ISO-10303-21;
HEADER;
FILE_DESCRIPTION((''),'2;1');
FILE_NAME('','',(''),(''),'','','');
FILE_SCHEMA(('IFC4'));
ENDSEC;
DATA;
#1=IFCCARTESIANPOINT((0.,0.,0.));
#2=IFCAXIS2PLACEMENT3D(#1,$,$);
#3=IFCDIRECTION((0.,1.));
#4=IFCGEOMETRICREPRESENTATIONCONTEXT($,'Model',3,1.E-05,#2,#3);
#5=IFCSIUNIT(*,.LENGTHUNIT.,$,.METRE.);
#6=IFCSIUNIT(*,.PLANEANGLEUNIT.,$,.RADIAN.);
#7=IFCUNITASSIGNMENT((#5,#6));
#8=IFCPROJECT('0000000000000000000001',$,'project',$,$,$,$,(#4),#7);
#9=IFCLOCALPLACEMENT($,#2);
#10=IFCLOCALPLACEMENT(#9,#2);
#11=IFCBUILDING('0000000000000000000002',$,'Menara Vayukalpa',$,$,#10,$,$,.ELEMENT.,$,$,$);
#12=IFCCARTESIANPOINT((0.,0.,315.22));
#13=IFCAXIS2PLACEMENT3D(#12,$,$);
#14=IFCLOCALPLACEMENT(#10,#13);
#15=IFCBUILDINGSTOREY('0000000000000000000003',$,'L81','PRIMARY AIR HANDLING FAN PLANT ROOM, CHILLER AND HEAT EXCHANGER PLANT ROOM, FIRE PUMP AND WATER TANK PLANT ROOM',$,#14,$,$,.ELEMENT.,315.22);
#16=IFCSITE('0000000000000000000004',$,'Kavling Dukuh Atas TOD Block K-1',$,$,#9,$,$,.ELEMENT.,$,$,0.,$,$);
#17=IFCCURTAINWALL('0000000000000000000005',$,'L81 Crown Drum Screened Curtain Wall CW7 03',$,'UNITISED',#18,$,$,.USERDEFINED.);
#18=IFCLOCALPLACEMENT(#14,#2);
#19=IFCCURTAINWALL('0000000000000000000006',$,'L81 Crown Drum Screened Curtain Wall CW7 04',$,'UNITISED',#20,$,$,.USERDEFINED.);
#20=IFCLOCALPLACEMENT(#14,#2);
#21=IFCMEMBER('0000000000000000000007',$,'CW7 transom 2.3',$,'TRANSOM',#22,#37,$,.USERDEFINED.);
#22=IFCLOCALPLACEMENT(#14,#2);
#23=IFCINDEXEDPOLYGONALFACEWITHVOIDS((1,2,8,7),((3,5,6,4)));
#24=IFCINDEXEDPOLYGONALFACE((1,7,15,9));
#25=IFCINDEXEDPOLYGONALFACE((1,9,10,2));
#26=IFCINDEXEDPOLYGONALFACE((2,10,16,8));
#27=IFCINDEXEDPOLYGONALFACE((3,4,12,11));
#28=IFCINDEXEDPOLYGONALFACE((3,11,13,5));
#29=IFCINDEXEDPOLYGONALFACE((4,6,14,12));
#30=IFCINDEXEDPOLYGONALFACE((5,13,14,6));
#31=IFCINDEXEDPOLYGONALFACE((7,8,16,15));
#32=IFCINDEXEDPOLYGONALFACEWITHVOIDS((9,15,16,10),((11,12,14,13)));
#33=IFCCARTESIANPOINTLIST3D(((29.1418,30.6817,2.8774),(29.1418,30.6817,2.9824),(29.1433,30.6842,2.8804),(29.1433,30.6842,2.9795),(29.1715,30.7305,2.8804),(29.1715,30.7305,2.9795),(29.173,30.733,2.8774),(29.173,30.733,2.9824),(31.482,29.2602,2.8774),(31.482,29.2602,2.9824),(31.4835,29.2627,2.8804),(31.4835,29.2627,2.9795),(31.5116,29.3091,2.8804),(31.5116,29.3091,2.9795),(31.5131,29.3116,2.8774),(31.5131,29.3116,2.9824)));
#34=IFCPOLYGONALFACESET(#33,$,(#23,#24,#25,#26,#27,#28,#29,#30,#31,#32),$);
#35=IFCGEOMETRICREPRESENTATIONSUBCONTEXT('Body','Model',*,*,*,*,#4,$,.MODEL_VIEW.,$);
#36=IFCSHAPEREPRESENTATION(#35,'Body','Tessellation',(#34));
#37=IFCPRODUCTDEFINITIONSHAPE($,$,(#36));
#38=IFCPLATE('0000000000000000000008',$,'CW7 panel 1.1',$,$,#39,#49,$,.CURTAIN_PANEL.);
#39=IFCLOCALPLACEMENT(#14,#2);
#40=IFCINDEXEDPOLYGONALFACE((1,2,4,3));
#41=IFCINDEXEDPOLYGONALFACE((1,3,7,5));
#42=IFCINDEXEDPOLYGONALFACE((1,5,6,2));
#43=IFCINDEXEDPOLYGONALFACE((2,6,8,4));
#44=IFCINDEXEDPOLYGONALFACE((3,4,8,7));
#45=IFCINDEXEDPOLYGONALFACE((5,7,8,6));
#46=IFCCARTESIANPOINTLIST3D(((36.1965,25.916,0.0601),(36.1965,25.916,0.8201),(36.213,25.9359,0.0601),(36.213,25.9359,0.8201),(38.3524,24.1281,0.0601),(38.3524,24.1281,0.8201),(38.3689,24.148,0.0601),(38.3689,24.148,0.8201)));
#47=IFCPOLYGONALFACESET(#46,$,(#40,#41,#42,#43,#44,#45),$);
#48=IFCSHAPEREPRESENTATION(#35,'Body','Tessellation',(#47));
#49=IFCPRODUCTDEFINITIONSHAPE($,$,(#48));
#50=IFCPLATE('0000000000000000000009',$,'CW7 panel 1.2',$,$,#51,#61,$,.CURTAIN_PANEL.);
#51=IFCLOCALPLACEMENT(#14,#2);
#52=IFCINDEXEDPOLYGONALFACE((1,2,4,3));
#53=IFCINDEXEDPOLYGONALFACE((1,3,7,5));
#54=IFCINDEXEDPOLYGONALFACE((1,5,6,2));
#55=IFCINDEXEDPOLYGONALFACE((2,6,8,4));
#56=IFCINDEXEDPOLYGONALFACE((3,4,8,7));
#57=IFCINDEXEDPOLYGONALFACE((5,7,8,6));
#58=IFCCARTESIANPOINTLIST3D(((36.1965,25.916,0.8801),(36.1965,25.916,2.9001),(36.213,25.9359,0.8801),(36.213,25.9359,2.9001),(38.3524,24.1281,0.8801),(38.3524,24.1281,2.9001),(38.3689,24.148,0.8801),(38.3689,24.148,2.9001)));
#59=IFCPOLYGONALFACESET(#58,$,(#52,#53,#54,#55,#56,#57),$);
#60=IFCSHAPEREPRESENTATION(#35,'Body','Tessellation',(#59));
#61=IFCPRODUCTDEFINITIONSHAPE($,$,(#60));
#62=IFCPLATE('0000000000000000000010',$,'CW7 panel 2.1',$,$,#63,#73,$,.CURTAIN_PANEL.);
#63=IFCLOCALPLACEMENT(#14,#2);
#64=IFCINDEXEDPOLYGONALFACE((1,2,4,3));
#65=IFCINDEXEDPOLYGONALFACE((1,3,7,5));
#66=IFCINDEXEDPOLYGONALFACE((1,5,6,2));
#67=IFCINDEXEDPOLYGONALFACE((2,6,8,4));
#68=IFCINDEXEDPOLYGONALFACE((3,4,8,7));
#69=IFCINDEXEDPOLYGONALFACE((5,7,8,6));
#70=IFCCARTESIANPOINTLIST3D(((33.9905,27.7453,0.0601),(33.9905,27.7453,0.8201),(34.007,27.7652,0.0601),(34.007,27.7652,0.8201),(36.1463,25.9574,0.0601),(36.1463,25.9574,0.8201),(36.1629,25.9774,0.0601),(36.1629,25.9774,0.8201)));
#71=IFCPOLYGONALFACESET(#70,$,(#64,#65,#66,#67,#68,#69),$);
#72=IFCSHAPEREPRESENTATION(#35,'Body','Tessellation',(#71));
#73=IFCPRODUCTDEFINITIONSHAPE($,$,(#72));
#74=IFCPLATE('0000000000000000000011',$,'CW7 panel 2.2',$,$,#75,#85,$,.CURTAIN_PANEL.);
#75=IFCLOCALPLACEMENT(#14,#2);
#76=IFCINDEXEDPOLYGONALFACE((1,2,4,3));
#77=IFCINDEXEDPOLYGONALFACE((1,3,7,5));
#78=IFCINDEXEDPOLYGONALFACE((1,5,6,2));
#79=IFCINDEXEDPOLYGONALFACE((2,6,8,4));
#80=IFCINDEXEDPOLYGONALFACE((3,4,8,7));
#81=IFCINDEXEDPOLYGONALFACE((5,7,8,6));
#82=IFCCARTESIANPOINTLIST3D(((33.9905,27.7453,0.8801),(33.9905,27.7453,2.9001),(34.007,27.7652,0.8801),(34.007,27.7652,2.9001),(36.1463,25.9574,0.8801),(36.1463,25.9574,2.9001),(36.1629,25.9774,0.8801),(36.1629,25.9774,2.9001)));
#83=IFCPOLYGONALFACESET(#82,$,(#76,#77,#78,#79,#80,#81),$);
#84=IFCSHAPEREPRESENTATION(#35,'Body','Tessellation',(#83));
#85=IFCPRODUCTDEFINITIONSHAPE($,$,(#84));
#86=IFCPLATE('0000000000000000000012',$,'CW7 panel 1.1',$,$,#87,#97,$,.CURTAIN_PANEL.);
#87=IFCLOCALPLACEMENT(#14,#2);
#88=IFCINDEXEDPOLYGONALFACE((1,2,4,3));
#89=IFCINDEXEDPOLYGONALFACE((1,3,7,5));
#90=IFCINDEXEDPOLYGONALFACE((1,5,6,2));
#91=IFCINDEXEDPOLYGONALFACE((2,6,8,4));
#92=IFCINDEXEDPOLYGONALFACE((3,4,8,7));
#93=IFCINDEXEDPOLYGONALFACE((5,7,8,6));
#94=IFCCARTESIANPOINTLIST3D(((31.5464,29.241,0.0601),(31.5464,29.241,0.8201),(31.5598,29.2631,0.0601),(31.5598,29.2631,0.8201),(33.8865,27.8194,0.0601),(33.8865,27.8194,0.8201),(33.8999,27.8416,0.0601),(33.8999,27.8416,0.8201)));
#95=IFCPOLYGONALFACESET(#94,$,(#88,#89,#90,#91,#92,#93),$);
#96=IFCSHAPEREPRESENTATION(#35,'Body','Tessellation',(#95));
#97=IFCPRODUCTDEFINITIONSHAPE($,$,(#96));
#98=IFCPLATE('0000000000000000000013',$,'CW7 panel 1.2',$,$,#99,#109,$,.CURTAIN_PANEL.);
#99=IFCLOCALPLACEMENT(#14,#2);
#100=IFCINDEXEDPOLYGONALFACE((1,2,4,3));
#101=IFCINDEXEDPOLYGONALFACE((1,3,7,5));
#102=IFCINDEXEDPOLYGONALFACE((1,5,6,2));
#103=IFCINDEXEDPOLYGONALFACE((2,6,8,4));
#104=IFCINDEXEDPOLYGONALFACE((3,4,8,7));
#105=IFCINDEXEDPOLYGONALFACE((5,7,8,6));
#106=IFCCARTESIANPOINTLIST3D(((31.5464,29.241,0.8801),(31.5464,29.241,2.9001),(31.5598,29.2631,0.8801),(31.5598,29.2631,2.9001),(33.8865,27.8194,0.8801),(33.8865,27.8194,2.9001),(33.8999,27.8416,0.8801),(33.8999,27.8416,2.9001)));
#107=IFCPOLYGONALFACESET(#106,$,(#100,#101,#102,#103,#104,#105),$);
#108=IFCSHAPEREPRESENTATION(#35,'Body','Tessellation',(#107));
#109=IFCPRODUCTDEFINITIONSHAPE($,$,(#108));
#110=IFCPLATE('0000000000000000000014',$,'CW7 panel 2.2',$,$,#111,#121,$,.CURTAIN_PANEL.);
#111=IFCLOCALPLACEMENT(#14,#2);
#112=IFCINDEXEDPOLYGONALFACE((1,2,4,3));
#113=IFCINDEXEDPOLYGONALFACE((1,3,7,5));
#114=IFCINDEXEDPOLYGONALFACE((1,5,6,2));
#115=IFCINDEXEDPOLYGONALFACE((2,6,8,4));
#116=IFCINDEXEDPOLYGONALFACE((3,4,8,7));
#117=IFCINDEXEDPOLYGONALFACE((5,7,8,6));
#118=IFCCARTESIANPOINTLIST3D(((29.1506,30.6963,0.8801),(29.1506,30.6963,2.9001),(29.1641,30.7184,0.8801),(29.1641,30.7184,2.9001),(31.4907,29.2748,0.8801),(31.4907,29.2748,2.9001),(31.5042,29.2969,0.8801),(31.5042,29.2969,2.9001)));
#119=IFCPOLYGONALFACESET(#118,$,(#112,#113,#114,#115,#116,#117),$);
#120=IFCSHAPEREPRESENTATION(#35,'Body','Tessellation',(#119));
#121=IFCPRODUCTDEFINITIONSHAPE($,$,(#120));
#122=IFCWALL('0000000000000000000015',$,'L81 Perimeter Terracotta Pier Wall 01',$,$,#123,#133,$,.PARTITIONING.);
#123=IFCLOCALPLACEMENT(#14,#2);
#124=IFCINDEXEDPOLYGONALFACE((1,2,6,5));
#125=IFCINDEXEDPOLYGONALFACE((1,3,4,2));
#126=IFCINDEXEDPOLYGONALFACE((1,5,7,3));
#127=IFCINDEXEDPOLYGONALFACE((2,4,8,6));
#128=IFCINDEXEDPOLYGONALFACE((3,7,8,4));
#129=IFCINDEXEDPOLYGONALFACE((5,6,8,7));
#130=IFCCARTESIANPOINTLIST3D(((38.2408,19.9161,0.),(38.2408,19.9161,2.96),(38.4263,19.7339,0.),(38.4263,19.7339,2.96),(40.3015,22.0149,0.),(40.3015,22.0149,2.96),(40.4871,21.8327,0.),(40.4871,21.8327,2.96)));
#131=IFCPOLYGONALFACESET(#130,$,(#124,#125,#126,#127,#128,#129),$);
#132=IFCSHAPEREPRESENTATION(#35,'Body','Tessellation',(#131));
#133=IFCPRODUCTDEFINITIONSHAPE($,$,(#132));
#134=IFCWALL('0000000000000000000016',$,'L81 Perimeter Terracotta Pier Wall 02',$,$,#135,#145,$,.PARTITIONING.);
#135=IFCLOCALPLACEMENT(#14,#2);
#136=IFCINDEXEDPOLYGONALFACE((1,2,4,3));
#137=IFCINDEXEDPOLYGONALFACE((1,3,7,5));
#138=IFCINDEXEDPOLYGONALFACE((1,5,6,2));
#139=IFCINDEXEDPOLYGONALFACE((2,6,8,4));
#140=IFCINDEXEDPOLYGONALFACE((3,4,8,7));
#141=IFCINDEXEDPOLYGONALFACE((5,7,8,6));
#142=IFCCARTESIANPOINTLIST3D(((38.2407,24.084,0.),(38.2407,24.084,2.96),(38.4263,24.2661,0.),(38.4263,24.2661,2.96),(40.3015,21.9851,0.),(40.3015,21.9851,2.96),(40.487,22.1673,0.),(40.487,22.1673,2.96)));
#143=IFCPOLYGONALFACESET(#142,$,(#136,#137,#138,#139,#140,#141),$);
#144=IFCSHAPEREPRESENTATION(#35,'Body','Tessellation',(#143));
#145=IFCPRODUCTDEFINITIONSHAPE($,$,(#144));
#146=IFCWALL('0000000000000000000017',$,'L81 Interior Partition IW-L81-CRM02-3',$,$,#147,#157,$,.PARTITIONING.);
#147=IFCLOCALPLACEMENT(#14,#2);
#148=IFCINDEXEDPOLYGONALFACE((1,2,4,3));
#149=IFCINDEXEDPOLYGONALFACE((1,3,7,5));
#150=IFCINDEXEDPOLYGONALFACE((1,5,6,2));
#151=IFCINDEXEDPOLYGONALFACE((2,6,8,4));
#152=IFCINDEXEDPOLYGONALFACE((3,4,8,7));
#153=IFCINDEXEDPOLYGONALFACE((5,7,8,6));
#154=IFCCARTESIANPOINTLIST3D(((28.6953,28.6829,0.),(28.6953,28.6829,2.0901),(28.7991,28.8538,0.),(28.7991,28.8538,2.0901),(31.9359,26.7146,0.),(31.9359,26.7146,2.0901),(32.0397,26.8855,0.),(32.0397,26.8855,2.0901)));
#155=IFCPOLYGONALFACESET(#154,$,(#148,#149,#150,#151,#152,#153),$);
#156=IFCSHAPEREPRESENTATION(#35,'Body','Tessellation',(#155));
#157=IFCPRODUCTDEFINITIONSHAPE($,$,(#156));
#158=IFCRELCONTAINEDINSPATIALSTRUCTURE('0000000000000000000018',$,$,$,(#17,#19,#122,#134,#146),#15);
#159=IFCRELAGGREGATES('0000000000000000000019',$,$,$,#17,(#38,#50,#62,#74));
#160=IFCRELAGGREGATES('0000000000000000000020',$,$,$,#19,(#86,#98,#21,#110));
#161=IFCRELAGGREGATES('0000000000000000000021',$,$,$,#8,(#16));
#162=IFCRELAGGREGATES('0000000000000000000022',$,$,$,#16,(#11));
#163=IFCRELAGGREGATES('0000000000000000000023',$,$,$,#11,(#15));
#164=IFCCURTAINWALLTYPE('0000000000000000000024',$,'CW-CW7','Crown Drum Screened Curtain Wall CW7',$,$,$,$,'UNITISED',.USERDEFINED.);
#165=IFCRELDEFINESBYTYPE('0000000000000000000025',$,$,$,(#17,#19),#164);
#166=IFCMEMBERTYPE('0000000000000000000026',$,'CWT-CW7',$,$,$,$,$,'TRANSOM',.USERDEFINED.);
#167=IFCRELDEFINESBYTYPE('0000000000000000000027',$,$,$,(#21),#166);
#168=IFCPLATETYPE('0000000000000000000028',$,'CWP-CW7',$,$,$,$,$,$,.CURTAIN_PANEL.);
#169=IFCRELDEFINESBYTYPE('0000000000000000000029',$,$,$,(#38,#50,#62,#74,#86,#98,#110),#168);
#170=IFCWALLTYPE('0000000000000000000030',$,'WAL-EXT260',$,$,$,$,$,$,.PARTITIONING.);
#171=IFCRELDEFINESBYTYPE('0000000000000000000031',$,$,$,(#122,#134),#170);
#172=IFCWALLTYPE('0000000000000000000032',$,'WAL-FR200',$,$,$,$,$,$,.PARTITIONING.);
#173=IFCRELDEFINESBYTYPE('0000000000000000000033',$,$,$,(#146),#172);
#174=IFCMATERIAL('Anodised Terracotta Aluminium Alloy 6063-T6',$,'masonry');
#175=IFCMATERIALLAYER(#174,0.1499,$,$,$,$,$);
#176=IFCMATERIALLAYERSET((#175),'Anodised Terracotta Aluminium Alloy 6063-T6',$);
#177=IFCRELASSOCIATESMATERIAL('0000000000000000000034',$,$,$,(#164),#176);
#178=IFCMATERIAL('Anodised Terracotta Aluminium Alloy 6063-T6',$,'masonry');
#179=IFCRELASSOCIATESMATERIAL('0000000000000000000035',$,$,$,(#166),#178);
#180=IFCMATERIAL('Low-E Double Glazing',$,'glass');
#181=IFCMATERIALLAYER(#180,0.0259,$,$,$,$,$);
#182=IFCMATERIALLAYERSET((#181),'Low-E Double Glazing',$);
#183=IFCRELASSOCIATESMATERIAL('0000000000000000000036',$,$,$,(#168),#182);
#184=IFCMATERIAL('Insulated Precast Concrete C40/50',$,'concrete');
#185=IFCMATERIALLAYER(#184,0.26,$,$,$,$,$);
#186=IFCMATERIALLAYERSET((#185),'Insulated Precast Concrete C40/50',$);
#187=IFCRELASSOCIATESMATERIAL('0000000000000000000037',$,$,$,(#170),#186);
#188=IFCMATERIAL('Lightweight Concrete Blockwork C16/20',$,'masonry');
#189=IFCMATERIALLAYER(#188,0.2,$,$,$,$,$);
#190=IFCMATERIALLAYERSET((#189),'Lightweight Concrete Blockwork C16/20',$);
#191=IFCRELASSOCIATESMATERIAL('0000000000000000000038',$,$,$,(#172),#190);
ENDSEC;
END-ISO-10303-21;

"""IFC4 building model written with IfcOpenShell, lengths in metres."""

from ifc_helpers import new_model, si_unit, direction, frame, frame_2d, origin, origin_2d, place, context, subcontext, project, spatial, rectangle, hollow_rectangle, extrude, material, layer, layer_set, material_profile, profile_set, type_object, element, aggregate, save


model = new_model("IFC4")

# Units and contexts
model_context = context("Model", 3, precision=1e-05, world=origin(), true_north=direction((0.0, 1.0)))
body_context = subcontext(model_context, "Body", "Model", "MODEL_VIEW")
ifc_project = project(units=[si_unit("LENGTHUNIT", "METRE"), si_unit("PLANEANGLEUNIT", "RADIAN")], contexts=[model_context])

# Site, building, storey
site_placement = place(None, origin())
site = spatial("IfcSite", under=ifc_project, at=site_placement, Name="Kavling Dukuh Atas TOD Block K-1", CompositionType="ELEMENT", RefElevation=0.0)
building_placement = place(site_placement, origin())
building = spatial("IfcBuilding", under=site, at=building_placement, Name="Menara Vayukalpa", CompositionType="ELEMENT")
storey_placement = place(building_placement, frame((0.0, 0.0, 315.22)))
storey = spatial("IfcBuildingStorey", under=building, at=storey_placement, Name="L81", Description="PRIMARY AIR HANDLING FAN PLANT ROOM, CHILLER AND HEAT EXCHANGER PLANT ROOM, FIRE PUMP AND WATER TANK PLANT ROOM", CompositionType="ELEMENT", Elevation=315.22)

# Curtain walls
ifc_material_1 = material(Name="Anodised Terracotta Aluminium Alloy 6063-T6", Category="masonry")
ifc_layer_1 = layer(ifc_material_1, 0.1499)
ifc_layer_set_1 = layer_set([ifc_layer_1], Name="Anodised Terracotta Aluminium Alloy 6063-T6")
curtain_wall_type = type_object("IfcCurtainWallType", Name="CW-CW7", Description="Crown Drum Screened Curtain Wall CW7", ElementType="UNITISED", PredefinedType="USERDEFINED", material=ifc_layer_set_1)
curtain_wall_1_placement = place(storey_placement, origin())
curtain_wall_1 = element("IfcCurtainWall", 1, at=curtain_wall_1_placement, inside=storey, type_object=curtain_wall_type, Name="L81 Crown Drum Screened Curtain Wall CW7 03", ObjectType="UNITISED", PredefinedType="USERDEFINED")
curtain_wall_2_placement = place(storey_placement, origin())
curtain_wall_2 = element("IfcCurtainWall", 2, at=curtain_wall_2_placement, inside=storey, type_object=curtain_wall_type, Name="L81 Crown Drum Screened Curtain Wall CW7 04", ObjectType="UNITISED", PredefinedType="USERDEFINED")

# Member
ifc_material_2 = material(Name="Anodised Terracotta Aluminium Alloy 6063-T6", Category="masonry")
ifc_material_profile_1 = material_profile(ifc_material_2, hollow_rectangle(XDim=0.0601, YDim=0.105, WallThickness=0.0029, at=origin_2d()), Name="ALU 60x105x3")
ifc_profile_set_1 = profile_set([ifc_material_profile_1], Name="Anodised Terracotta Aluminium Alloy 6063-T6")
member_type_1 = type_object("IfcMemberType", Name="CWT-CW7", ElementType="TRANSOM", PredefinedType="USERDEFINED", material=ifc_profile_set_1)
member_1_placement = place(storey_placement, frame((31.4976, 29.2859, 2.9299), z_axis=(-0.854687, 0.519143, 0.0), x_axis=(-0.519143, -0.854687, 0.0)))
member_1 = element("IfcMember", 3, at=member_1_placement, type_object=member_type_1, Name="CW7 transom 2.3", ObjectType="TRANSOM", PredefinedType="USERDEFINED", context=body_context, shape_type="SweptSolid", body=[
    extrude(hollow_rectangle(XDim=0.0601, YDim=0.105, WallThickness=0.0029, at=origin_2d()), origin(), (0.0, 0.0, 1.0), 2.738),
])

# Plates
ifc_material_3 = material(Name="Low-E Double Glazing", Category="glass")
ifc_layer_2 = layer(ifc_material_3, 0.0259)
ifc_layer_set_2 = layer_set([ifc_layer_2], Name="Low-E Double Glazing")
plate_type = type_object("IfcPlateType", Name="CWP-CW7", PredefinedType="CURTAIN_PANEL", material=ifc_layer_set_2)
plate_1_placement = place(storey_placement, frame((37.2827, 25.032, 0.0601), z_axis=(0.0, 0.0, 1.0), x_axis=(-0.769749, 0.638347, 0.0)))
plate_1 = element("IfcPlate", 4, at=plate_1_placement, type_object=plate_type, Name="CW7 panel 1.1", PredefinedType="CURTAIN_PANEL", context=body_context, shape_type="SweptSolid", body=[
    extrude(rectangle(XDim=2.8008, YDim=0.0259, at=origin_2d()), origin(), (0.0, 0.0, 1.0), 0.76),
])
plate_2_placement = place(storey_placement, frame((37.2827, 25.032, 0.8801), z_axis=(0.0, 0.0, 1.0), x_axis=(-0.769749, 0.638347, 0.0)))
plate_2 = element("IfcPlate", 5, at=plate_2_placement, type_object=plate_type, Name="CW7 panel 1.2", PredefinedType="CURTAIN_PANEL", context=body_context, shape_type="SweptSolid", body=[
    extrude(rectangle(XDim=2.8008, YDim=0.0259, at=origin_2d()), origin(), (0.0, 0.0, 1.0), 2.02),
])
plate_3_placement = place(storey_placement, frame((35.0767, 26.8613, 0.0601), z_axis=(0.0, 0.0, 1.0), x_axis=(-0.769749, 0.638347, 0.0)))
plate_3 = element("IfcPlate", 6, at=plate_3_placement, type_object=plate_type, Name="CW7 panel 2.1", PredefinedType="CURTAIN_PANEL", context=body_context, shape_type="SweptSolid", body=[
    extrude(rectangle(XDim=2.8008, YDim=0.0259, at=origin_2d()), origin(), (0.0, 0.0, 1.0), 0.76),
])
plate_4_placement = place(storey_placement, frame((35.0767, 26.8613, 0.8801), z_axis=(0.0, 0.0, 1.0), x_axis=(-0.769749, 0.638347, 0.0)))
plate_4 = element("IfcPlate", 7, at=plate_4_placement, type_object=plate_type, Name="CW7 panel 2.2", PredefinedType="CURTAIN_PANEL", context=body_context, shape_type="SweptSolid", body=[
    extrude(rectangle(XDim=2.8008, YDim=0.0259, at=origin_2d()), origin(), (0.0, 0.0, 1.0), 2.02),
])
aggregate(curtain_wall_1, [plate_1, plate_2, plate_3, plate_4])
plate_5_placement = place(storey_placement, frame((32.7231, 28.5413, 0.0601), z_axis=(0.0, 0.0, 1.0), x_axis=(-0.854667, 0.519176, 0.0)))
plate_5 = element("IfcPlate", 8, at=plate_5_placement, type_object=plate_type, Name="CW7 panel 1.1", PredefinedType="CURTAIN_PANEL", context=body_context, shape_type="SweptSolid", body=[
    extrude(rectangle(XDim=2.738, YDim=0.0259, at=origin_2d()), origin(), (0.0, 0.0, 1.0), 0.76),
])
plate_6_placement = place(storey_placement, frame((32.7231, 28.5413, 0.8801), z_axis=(0.0, 0.0, 1.0), x_axis=(-0.854667, 0.519176, 0.0)))
plate_6 = element("IfcPlate", 9, at=plate_6_placement, type_object=plate_type, Name="CW7 panel 1.2", PredefinedType="CURTAIN_PANEL", context=body_context, shape_type="SweptSolid", body=[
    extrude(rectangle(XDim=2.738, YDim=0.0259, at=origin_2d()), origin(), (0.0, 0.0, 1.0), 2.02),
])
plate_7_placement = place(storey_placement, frame((30.3274, 29.9966, 0.8801), z_axis=(0.0, 0.0, 1.0), x_axis=(-0.854667, 0.519176, 0.0)))
plate_7 = element("IfcPlate", 10, at=plate_7_placement, type_object=plate_type, Name="CW7 panel 2.2", PredefinedType="CURTAIN_PANEL", context=body_context, shape_type="SweptSolid", body=[
    extrude(rectangle(XDim=2.738, YDim=0.0259, at=origin_2d()), origin(), (0.0, 0.0, 1.0), 2.02),
])
aggregate(curtain_wall_2, [plate_5, plate_6, member_1, plate_7])

# Walls
ifc_material_4 = material(Name="Insulated Precast Concrete C40/50", Category="concrete")
ifc_layer_3 = layer(ifc_material_4, 0.26)
ifc_layer_set_3 = layer_set([ifc_layer_3], Name="Insulated Precast Concrete C40/50")
wall_type_1 = type_object("IfcWallType", Name="WAL-EXT260", PredefinedType="PARTITIONING", material=ifc_layer_set_3)
for number, where, z_axis, x_axis, name in (
    (11, (40.3943, 21.9238, 0.0), (0.0, 0.0, 1.0), (-0.700603, -0.713551, 0.0), "L81 Perimeter Terracotta Pier Wall 01"),
    (12, (38.3335, 24.175, 0.0), (0.0, 0.0, 1.0), (0.700603, -0.713551, 0.0), "L81 Perimeter Terracotta Pier Wall 02"),
):
    element("IfcWall", number, at=place(storey_placement, frame(where, z_axis=z_axis, x_axis=x_axis)), inside=storey, type_object=wall_type_1, Name=name, PredefinedType="PARTITIONING", context=body_context, shape_type="SweptSolid", body=[
        extrude(rectangle(XDim=2.9414, YDim=0.26, at=frame_2d((1.4707, 0.0))), origin(), (0.0, 0.0, 1.0), 2.96),
    ])
ifc_material_5 = material(Name="Lightweight Concrete Blockwork C16/20", Category="masonry")
ifc_layer_4 = layer(ifc_material_5, 0.2)
ifc_layer_set_4 = layer_set([ifc_layer_4], Name="Lightweight Concrete Blockwork C16/20")
wall_type_2 = type_object("IfcWallType", Name="WAL-FR200", PredefinedType="PARTITIONING", material=ifc_layer_set_4)
wall_placement = place(storey_placement, frame((31.9878, 26.8, 0.0), z_axis=(0.0, 0.0, 1.0), x_axis=(-0.854691, 0.519138, 0.0)))
element("IfcWall", 13, at=wall_placement, inside=storey, type_object=wall_type_2, Name="L81 Interior Partition IW-L81-CRM02-3", PredefinedType="PARTITIONING", context=body_context, shape_type="SweptSolid", body=[
    extrude(rectangle(XDim=3.7915, YDim=0.2, at=frame_2d((1.8958, 0.0))), origin(), (0.0, 0.0, 1.0), 2.0901),
])

save(model, "model.ifc")
